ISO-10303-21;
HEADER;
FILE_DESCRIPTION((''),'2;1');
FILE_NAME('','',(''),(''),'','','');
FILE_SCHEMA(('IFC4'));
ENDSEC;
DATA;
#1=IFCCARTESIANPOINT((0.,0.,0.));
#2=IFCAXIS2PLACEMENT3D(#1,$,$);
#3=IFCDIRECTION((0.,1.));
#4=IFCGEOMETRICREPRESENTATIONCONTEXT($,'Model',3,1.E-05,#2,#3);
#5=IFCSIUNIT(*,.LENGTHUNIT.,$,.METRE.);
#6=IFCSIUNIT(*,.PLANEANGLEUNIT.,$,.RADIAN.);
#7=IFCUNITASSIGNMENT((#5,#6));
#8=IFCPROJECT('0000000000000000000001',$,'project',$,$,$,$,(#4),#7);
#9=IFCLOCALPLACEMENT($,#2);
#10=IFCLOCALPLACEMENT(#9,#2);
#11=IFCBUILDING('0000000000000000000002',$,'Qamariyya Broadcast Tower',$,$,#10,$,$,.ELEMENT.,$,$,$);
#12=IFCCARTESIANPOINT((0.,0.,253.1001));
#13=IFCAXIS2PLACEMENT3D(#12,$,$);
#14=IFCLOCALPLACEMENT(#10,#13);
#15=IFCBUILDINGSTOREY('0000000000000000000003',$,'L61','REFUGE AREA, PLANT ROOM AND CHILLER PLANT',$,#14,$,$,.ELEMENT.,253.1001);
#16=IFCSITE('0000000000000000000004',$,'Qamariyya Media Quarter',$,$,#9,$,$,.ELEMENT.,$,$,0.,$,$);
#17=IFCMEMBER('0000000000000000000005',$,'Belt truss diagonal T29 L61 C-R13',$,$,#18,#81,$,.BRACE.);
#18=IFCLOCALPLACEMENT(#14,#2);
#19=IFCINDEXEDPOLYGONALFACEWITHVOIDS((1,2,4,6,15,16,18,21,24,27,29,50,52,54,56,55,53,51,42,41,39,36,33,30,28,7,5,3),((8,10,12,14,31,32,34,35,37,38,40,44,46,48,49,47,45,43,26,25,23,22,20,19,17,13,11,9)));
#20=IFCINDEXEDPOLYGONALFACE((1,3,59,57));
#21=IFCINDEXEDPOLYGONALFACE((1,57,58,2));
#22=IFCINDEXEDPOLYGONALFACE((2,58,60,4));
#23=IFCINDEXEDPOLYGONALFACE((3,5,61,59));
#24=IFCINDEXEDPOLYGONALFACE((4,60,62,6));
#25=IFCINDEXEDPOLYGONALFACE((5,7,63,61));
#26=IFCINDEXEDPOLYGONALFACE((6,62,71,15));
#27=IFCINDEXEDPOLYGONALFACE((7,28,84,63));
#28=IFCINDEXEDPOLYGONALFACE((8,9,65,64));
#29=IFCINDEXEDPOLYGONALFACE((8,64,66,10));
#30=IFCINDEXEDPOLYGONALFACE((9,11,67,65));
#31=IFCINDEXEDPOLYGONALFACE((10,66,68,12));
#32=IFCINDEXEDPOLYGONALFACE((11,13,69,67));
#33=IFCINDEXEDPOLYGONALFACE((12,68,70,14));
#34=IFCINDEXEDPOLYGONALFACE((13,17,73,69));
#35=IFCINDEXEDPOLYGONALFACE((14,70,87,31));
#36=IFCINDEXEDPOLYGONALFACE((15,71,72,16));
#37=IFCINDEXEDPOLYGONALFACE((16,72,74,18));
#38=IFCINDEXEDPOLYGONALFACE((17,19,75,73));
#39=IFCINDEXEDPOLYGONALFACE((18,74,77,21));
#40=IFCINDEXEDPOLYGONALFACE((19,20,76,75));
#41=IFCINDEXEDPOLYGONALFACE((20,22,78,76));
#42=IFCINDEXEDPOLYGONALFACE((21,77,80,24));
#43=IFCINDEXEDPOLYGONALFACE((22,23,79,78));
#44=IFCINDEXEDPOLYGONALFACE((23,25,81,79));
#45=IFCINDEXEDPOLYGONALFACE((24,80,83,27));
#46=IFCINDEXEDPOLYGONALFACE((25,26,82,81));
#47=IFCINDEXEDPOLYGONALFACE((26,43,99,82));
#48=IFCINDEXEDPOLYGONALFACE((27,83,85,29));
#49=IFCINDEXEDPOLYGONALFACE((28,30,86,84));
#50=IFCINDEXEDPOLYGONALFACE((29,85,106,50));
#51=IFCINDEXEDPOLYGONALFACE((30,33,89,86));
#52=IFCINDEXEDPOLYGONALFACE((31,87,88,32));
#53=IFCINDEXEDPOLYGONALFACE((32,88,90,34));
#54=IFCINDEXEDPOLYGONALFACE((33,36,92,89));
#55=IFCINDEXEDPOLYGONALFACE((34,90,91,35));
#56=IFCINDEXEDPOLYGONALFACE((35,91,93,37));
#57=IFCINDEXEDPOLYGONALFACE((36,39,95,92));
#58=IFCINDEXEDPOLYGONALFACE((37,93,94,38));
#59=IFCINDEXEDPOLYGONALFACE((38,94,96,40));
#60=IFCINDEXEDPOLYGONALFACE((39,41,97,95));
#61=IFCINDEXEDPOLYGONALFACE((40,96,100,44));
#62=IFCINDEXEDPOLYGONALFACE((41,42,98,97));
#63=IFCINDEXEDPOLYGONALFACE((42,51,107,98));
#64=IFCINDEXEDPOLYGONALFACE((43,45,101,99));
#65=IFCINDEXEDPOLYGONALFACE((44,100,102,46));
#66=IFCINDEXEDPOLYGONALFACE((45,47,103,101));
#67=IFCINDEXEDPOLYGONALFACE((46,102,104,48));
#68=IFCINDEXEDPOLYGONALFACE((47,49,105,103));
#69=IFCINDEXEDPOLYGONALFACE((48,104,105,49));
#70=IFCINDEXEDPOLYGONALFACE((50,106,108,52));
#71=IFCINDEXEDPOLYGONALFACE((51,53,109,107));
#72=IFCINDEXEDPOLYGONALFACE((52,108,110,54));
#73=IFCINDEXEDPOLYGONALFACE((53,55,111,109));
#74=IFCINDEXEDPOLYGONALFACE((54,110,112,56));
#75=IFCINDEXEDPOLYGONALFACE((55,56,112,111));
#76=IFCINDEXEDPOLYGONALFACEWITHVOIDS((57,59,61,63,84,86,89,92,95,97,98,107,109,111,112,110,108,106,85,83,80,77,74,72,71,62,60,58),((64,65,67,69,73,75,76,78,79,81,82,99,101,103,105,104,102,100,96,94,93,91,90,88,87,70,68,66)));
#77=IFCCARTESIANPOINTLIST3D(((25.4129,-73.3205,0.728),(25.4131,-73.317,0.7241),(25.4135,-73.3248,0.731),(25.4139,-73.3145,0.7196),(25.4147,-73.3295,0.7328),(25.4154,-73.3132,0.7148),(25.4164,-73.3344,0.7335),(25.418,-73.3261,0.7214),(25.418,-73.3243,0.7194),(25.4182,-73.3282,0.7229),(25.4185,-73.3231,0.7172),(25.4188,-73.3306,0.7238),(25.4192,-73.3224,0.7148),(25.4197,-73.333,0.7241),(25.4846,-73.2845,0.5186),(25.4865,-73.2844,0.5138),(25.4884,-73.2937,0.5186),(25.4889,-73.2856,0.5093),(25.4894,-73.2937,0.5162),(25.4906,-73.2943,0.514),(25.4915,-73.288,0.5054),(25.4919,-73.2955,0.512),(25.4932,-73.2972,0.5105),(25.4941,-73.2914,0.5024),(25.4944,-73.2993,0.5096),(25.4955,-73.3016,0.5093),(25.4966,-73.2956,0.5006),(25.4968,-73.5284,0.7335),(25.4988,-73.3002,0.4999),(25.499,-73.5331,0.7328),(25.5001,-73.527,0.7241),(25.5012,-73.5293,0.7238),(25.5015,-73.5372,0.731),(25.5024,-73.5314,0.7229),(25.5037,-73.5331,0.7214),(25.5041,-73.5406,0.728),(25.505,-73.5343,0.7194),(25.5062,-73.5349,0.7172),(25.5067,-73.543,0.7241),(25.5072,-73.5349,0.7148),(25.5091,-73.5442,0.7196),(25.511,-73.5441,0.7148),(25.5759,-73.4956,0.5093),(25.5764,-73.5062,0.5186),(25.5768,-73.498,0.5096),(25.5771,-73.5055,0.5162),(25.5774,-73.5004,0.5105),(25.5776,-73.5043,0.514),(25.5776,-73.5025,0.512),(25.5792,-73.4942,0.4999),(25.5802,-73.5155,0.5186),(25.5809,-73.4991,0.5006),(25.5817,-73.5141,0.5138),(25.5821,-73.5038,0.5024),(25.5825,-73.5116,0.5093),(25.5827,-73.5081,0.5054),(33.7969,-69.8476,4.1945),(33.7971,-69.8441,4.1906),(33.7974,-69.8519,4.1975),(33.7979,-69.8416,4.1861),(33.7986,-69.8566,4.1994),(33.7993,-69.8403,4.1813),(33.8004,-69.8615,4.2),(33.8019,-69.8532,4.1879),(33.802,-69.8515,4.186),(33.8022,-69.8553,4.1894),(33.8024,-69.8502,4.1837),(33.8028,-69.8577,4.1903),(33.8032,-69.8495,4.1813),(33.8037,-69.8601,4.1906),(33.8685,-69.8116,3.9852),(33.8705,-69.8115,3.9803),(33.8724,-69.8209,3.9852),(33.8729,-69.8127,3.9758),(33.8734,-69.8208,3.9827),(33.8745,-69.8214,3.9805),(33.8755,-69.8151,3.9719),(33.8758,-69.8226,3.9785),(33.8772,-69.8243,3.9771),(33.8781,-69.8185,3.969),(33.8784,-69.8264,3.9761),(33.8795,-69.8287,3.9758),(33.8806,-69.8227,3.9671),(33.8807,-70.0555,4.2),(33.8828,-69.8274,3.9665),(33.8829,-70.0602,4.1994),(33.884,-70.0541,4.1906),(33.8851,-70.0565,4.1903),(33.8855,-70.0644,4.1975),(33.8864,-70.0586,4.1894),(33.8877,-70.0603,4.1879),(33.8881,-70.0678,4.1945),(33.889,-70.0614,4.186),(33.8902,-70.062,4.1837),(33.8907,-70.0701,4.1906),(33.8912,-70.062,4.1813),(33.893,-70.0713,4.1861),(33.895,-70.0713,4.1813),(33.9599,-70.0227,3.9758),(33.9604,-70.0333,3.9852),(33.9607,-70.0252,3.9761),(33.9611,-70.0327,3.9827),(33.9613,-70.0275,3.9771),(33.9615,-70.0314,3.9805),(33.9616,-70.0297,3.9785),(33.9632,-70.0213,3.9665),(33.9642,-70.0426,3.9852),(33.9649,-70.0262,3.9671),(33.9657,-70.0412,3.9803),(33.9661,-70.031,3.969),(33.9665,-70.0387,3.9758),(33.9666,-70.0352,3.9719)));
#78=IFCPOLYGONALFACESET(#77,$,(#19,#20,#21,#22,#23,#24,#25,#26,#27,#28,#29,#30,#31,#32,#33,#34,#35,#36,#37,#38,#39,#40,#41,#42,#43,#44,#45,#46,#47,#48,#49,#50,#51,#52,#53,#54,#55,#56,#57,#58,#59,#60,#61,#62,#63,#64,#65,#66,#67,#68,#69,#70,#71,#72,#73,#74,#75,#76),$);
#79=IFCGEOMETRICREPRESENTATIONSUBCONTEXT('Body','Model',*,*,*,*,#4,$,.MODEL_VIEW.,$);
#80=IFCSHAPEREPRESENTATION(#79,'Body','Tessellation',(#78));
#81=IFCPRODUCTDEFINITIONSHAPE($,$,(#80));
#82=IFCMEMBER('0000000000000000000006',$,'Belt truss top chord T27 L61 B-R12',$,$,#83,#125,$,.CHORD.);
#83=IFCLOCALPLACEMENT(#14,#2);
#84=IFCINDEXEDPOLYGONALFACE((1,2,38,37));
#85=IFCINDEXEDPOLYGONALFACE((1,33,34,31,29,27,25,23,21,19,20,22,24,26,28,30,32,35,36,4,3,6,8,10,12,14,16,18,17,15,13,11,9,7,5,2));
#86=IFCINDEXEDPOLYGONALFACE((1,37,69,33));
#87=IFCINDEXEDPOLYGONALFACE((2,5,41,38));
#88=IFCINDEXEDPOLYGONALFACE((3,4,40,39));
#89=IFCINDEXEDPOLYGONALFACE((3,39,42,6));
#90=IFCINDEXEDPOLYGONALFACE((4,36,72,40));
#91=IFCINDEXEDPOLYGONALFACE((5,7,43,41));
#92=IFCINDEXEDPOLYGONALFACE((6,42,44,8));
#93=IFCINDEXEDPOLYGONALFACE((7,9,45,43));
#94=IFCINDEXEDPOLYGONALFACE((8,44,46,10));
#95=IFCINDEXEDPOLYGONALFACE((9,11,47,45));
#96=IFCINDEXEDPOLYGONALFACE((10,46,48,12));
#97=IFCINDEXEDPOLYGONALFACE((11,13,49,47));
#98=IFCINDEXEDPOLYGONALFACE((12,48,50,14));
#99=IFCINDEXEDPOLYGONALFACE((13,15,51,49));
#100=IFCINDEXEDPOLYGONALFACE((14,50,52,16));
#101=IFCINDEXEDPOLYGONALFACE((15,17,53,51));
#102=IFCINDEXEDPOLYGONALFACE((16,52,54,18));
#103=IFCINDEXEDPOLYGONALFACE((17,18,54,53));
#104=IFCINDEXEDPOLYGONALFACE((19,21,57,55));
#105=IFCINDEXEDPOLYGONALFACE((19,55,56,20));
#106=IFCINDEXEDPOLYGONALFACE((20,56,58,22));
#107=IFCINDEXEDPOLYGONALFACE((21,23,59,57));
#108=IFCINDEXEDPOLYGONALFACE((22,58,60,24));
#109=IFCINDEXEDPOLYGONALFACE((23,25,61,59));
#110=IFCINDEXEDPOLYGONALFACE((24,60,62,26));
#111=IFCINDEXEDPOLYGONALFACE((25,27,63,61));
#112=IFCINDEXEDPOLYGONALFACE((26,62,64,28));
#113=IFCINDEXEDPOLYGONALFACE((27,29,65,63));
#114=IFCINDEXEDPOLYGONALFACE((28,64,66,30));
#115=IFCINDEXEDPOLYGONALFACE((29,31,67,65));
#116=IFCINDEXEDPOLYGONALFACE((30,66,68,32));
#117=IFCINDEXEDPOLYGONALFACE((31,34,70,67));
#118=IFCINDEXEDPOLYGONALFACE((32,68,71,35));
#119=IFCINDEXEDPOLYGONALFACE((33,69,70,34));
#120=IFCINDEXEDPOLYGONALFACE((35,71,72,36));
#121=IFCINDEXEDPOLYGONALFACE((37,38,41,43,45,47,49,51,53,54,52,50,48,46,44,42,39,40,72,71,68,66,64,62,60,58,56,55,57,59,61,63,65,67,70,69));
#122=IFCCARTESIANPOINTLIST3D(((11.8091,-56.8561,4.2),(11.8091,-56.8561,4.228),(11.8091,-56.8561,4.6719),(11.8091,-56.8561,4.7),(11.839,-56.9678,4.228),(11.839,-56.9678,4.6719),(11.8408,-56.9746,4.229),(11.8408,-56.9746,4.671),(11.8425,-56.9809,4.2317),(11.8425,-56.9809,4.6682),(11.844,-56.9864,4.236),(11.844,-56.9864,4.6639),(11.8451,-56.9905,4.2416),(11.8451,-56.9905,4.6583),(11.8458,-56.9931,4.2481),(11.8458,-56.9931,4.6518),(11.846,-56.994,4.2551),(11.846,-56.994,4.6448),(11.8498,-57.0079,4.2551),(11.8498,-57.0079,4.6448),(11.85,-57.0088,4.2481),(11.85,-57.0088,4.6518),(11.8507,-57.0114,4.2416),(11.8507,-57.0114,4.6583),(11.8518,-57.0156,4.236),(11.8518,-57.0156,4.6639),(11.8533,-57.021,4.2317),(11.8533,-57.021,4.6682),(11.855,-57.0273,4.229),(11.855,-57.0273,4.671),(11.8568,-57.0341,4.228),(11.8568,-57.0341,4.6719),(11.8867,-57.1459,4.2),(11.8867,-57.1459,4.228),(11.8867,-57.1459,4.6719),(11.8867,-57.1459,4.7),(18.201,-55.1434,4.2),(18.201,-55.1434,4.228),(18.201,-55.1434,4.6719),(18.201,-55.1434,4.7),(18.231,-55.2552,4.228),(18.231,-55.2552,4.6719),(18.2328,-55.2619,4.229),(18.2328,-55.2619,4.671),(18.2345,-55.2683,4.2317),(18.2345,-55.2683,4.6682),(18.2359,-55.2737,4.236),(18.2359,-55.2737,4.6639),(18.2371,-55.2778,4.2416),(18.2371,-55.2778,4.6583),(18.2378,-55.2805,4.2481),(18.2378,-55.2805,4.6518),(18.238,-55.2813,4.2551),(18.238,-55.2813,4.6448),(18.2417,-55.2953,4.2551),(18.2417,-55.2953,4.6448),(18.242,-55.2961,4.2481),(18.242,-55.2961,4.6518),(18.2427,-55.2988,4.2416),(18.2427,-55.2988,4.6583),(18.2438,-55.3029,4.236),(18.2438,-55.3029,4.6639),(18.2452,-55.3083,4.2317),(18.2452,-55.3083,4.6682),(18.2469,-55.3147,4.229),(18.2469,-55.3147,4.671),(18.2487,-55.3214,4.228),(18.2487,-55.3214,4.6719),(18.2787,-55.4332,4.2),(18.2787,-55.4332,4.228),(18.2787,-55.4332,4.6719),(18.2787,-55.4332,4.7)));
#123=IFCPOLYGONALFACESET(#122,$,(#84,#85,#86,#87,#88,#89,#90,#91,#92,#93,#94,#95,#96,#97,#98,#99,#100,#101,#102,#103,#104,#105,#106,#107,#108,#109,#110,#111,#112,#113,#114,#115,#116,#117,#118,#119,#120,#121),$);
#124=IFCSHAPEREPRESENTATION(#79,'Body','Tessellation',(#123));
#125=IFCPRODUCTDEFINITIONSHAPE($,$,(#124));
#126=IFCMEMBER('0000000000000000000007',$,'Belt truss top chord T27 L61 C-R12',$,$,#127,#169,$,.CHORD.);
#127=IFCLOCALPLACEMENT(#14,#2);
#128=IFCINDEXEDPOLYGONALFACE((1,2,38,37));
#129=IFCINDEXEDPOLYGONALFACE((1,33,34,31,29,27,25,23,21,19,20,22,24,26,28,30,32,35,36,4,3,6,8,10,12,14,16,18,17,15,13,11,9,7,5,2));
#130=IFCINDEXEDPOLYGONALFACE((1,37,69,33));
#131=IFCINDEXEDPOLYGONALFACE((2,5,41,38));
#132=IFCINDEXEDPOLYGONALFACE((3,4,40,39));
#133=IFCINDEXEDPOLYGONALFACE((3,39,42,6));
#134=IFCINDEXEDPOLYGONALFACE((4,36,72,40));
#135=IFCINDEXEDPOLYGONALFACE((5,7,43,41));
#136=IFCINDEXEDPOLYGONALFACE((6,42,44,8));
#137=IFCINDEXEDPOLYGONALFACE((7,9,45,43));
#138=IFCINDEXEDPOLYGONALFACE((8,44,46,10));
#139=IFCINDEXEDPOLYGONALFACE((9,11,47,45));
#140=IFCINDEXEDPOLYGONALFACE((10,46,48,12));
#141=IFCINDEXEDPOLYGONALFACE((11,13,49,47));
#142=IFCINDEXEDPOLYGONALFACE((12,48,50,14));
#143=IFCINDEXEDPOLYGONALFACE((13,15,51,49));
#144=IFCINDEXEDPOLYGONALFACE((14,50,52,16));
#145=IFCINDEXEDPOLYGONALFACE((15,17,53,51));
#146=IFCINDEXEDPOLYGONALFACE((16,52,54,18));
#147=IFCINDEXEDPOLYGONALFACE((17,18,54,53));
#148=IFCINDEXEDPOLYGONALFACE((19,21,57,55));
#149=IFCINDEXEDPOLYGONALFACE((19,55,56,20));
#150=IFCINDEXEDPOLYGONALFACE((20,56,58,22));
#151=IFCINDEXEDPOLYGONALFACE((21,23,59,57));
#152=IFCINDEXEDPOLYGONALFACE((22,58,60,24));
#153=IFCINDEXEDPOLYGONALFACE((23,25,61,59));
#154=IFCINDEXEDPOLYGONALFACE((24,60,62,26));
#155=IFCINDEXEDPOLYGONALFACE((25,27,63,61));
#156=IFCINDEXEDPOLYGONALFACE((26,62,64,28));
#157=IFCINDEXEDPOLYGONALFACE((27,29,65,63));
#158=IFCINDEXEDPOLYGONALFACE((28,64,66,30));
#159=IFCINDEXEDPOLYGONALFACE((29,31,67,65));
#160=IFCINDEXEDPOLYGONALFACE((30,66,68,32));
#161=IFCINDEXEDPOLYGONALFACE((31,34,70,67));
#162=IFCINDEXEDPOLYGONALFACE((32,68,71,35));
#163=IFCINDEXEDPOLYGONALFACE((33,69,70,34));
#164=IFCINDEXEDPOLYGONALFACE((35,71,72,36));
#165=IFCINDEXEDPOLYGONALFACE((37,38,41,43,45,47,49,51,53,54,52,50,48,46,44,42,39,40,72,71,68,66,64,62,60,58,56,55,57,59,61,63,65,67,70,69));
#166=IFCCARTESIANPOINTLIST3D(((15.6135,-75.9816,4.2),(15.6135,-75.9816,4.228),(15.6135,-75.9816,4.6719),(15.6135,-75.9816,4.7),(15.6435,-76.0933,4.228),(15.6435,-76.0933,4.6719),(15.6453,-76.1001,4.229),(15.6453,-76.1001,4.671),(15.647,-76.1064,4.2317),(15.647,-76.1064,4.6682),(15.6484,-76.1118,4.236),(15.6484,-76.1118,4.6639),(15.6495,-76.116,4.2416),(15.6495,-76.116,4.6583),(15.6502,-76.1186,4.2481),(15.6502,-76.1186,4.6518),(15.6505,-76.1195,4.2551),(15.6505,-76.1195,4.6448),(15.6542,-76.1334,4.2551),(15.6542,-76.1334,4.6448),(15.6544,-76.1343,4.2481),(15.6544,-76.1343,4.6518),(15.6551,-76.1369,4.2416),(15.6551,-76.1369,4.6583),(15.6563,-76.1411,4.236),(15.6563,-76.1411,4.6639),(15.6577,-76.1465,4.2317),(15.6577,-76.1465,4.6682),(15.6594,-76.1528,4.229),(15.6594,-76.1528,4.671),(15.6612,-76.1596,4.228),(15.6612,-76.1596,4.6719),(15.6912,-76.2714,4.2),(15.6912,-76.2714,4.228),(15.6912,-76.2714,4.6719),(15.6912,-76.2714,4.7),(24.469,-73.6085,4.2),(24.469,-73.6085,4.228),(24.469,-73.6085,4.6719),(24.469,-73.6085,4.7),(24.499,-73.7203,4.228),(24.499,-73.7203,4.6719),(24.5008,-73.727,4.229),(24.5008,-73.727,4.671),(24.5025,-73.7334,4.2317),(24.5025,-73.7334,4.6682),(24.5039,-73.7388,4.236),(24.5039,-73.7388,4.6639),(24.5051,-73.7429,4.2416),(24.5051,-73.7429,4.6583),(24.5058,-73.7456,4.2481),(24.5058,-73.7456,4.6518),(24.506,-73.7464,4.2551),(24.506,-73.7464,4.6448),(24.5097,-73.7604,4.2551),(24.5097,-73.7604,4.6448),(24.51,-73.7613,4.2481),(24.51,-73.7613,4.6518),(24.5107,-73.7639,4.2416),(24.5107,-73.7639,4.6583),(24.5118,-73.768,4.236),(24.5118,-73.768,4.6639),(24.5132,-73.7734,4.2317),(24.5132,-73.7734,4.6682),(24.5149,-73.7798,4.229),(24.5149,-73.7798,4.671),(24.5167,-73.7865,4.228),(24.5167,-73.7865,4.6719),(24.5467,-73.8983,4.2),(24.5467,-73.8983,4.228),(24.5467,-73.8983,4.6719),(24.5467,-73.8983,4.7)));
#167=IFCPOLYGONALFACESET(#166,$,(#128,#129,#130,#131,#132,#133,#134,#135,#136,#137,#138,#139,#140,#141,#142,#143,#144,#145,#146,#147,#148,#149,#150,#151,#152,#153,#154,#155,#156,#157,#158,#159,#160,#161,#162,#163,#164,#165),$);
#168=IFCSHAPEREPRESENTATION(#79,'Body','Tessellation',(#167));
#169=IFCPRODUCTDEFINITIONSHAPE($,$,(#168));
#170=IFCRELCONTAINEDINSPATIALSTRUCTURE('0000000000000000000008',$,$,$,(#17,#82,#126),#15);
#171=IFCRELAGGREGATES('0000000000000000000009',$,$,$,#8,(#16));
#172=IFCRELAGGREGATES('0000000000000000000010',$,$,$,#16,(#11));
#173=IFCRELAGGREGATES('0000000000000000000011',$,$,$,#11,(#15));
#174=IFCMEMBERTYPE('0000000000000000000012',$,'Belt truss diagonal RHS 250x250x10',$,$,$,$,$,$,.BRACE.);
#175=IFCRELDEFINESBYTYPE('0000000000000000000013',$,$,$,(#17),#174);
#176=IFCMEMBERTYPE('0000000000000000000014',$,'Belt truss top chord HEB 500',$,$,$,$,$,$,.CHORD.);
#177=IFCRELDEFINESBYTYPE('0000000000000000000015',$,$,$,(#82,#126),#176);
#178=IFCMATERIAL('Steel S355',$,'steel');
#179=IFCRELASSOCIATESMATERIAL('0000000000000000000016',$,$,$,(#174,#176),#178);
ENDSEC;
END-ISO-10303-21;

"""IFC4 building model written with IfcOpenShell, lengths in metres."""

from ifc_helpers import new_model, si_unit, direction, frame, origin, origin_2d, place, context, subcontext, project, spatial, hollow_rectangle, i_section, extrude, material, material_profile, profile_set, type_object, element, save


model = new_model("IFC4")

# Units and contexts
model_context = context("Model", 3, precision=1e-05, world=origin(), true_north=direction((0.0, 1.0)))
body_context = subcontext(model_context, "Body", "Model", "MODEL_VIEW")
ifc_project = project(units=[si_unit("LENGTHUNIT", "METRE"), si_unit("PLANEANGLEUNIT", "RADIAN")], contexts=[model_context])

# Site, building, storey
site_placement = place(None, origin())
site = spatial("IfcSite", under=ifc_project, at=site_placement, Name="Qamariyya Media Quarter", CompositionType="ELEMENT", RefElevation=0.0)
building_placement = place(site_placement, origin())
building = spatial("IfcBuilding", under=site, at=building_placement, Name="Qamariyya Broadcast Tower", CompositionType="ELEMENT")
storey_placement = place(building_placement, frame((0.0, 0.0, 253.1001)))
storey = spatial("IfcBuildingStorey", under=building, at=storey_placement, Name="L61", Description="REFUGE AREA, PLANT ROOM AND CHILLER PLANT", CompositionType="ELEMENT", Elevation=253.1001)

# Members
ifc_material_1 = material(Name="Steel S355", Category="steel")
ifc_material_profile_1 = material_profile(ifc_material_1, hollow_rectangle(XDim=0.25, YDim=0.25, WallThickness=0.01, InnerFilletRadius=0.01, OuterFilletRadius=0.02, at=origin_2d()))
ifc_profile_set_1 = profile_set([ifc_material_profile_1], Name="Steel S355")
member_type_1 = type_object("IfcMemberType", Name="Belt truss diagonal RHS 250x250x10", PredefinedType="BRACE", material=ifc_profile_set_1)
for number, where, z_axis, x_axis, name in (
    (1, (25.4978, -73.4143, 0.6167), (0.86305, 0.357499, 0.356846), (-0.382695, 0.923875, 0.0), "Belt truss diagonal T29 L61 C-R13"),
):
    element("IfcMember", number, at=place(storey_placement, frame(where, z_axis=z_axis, x_axis=x_axis)), inside=storey, type_object=member_type_1, Name=name, PredefinedType="BRACE", context=body_context, shape_type="SweptSolid", body=[
        extrude(hollow_rectangle(XDim=0.25, YDim=0.25, WallThickness=0.01, InnerFilletRadius=0.01, OuterFilletRadius=0.02, at=origin_2d()), origin(), (0.0, 0.0, 1.0), 9.7144),
    ])
ifc_material_profile_2 = material_profile(ifc_material_1, i_section(OverallWidth=0.3, OverallDepth=0.5, WebThickness=0.0144, FlangeThickness=0.0281, FilletRadius=0.0271, at=origin_2d()))
ifc_profile_set_2 = profile_set([ifc_material_profile_2], Name="Steel S355")
member_type_2 = type_object("IfcMemberType", Name="Belt truss top chord HEB 500", PredefinedType="CHORD", material=ifc_profile_set_2)
member_1_placement = place(storey_placement, frame((11.8479, -57.001, 4.45), z_axis=(0.965927, 0.258813, 0.0), x_axis=(-0.258813, 0.965927, 0.0)))
element("IfcMember", 2, at=member_1_placement, inside=storey, type_object=member_type_2, Name="Belt truss top chord T27 L61 B-R12", PredefinedType="CHORD", context=body_context, shape_type="SweptSolid", body=[
    extrude(i_section(OverallWidth=0.3, OverallDepth=0.5, WebThickness=0.0144, FlangeThickness=0.0281, FilletRadius=0.0271, at=origin_2d()), origin(), (0.0, 0.0, 1.0), 6.6174),
])
member_2_placement = place(storey_placement, frame((15.6523, -76.1265, 4.45), z_axis=(0.96592, 0.258843, 0.0), x_axis=(-0.258843, 0.96592, 0.0)))
element("IfcMember", 3, at=member_2_placement, inside=storey, type_object=member_type_2, Name="Belt truss top chord T27 L61 C-R12", PredefinedType="CHORD", context=body_context, shape_type="SweptSolid", body=[
    extrude(i_section(OverallWidth=0.3, OverallDepth=0.5, WebThickness=0.0144, FlangeThickness=0.0281, FilletRadius=0.0271, at=origin_2d()), origin(), (0.0, 0.0, 1.0), 9.168),
])

save(model, "model.ifc")
